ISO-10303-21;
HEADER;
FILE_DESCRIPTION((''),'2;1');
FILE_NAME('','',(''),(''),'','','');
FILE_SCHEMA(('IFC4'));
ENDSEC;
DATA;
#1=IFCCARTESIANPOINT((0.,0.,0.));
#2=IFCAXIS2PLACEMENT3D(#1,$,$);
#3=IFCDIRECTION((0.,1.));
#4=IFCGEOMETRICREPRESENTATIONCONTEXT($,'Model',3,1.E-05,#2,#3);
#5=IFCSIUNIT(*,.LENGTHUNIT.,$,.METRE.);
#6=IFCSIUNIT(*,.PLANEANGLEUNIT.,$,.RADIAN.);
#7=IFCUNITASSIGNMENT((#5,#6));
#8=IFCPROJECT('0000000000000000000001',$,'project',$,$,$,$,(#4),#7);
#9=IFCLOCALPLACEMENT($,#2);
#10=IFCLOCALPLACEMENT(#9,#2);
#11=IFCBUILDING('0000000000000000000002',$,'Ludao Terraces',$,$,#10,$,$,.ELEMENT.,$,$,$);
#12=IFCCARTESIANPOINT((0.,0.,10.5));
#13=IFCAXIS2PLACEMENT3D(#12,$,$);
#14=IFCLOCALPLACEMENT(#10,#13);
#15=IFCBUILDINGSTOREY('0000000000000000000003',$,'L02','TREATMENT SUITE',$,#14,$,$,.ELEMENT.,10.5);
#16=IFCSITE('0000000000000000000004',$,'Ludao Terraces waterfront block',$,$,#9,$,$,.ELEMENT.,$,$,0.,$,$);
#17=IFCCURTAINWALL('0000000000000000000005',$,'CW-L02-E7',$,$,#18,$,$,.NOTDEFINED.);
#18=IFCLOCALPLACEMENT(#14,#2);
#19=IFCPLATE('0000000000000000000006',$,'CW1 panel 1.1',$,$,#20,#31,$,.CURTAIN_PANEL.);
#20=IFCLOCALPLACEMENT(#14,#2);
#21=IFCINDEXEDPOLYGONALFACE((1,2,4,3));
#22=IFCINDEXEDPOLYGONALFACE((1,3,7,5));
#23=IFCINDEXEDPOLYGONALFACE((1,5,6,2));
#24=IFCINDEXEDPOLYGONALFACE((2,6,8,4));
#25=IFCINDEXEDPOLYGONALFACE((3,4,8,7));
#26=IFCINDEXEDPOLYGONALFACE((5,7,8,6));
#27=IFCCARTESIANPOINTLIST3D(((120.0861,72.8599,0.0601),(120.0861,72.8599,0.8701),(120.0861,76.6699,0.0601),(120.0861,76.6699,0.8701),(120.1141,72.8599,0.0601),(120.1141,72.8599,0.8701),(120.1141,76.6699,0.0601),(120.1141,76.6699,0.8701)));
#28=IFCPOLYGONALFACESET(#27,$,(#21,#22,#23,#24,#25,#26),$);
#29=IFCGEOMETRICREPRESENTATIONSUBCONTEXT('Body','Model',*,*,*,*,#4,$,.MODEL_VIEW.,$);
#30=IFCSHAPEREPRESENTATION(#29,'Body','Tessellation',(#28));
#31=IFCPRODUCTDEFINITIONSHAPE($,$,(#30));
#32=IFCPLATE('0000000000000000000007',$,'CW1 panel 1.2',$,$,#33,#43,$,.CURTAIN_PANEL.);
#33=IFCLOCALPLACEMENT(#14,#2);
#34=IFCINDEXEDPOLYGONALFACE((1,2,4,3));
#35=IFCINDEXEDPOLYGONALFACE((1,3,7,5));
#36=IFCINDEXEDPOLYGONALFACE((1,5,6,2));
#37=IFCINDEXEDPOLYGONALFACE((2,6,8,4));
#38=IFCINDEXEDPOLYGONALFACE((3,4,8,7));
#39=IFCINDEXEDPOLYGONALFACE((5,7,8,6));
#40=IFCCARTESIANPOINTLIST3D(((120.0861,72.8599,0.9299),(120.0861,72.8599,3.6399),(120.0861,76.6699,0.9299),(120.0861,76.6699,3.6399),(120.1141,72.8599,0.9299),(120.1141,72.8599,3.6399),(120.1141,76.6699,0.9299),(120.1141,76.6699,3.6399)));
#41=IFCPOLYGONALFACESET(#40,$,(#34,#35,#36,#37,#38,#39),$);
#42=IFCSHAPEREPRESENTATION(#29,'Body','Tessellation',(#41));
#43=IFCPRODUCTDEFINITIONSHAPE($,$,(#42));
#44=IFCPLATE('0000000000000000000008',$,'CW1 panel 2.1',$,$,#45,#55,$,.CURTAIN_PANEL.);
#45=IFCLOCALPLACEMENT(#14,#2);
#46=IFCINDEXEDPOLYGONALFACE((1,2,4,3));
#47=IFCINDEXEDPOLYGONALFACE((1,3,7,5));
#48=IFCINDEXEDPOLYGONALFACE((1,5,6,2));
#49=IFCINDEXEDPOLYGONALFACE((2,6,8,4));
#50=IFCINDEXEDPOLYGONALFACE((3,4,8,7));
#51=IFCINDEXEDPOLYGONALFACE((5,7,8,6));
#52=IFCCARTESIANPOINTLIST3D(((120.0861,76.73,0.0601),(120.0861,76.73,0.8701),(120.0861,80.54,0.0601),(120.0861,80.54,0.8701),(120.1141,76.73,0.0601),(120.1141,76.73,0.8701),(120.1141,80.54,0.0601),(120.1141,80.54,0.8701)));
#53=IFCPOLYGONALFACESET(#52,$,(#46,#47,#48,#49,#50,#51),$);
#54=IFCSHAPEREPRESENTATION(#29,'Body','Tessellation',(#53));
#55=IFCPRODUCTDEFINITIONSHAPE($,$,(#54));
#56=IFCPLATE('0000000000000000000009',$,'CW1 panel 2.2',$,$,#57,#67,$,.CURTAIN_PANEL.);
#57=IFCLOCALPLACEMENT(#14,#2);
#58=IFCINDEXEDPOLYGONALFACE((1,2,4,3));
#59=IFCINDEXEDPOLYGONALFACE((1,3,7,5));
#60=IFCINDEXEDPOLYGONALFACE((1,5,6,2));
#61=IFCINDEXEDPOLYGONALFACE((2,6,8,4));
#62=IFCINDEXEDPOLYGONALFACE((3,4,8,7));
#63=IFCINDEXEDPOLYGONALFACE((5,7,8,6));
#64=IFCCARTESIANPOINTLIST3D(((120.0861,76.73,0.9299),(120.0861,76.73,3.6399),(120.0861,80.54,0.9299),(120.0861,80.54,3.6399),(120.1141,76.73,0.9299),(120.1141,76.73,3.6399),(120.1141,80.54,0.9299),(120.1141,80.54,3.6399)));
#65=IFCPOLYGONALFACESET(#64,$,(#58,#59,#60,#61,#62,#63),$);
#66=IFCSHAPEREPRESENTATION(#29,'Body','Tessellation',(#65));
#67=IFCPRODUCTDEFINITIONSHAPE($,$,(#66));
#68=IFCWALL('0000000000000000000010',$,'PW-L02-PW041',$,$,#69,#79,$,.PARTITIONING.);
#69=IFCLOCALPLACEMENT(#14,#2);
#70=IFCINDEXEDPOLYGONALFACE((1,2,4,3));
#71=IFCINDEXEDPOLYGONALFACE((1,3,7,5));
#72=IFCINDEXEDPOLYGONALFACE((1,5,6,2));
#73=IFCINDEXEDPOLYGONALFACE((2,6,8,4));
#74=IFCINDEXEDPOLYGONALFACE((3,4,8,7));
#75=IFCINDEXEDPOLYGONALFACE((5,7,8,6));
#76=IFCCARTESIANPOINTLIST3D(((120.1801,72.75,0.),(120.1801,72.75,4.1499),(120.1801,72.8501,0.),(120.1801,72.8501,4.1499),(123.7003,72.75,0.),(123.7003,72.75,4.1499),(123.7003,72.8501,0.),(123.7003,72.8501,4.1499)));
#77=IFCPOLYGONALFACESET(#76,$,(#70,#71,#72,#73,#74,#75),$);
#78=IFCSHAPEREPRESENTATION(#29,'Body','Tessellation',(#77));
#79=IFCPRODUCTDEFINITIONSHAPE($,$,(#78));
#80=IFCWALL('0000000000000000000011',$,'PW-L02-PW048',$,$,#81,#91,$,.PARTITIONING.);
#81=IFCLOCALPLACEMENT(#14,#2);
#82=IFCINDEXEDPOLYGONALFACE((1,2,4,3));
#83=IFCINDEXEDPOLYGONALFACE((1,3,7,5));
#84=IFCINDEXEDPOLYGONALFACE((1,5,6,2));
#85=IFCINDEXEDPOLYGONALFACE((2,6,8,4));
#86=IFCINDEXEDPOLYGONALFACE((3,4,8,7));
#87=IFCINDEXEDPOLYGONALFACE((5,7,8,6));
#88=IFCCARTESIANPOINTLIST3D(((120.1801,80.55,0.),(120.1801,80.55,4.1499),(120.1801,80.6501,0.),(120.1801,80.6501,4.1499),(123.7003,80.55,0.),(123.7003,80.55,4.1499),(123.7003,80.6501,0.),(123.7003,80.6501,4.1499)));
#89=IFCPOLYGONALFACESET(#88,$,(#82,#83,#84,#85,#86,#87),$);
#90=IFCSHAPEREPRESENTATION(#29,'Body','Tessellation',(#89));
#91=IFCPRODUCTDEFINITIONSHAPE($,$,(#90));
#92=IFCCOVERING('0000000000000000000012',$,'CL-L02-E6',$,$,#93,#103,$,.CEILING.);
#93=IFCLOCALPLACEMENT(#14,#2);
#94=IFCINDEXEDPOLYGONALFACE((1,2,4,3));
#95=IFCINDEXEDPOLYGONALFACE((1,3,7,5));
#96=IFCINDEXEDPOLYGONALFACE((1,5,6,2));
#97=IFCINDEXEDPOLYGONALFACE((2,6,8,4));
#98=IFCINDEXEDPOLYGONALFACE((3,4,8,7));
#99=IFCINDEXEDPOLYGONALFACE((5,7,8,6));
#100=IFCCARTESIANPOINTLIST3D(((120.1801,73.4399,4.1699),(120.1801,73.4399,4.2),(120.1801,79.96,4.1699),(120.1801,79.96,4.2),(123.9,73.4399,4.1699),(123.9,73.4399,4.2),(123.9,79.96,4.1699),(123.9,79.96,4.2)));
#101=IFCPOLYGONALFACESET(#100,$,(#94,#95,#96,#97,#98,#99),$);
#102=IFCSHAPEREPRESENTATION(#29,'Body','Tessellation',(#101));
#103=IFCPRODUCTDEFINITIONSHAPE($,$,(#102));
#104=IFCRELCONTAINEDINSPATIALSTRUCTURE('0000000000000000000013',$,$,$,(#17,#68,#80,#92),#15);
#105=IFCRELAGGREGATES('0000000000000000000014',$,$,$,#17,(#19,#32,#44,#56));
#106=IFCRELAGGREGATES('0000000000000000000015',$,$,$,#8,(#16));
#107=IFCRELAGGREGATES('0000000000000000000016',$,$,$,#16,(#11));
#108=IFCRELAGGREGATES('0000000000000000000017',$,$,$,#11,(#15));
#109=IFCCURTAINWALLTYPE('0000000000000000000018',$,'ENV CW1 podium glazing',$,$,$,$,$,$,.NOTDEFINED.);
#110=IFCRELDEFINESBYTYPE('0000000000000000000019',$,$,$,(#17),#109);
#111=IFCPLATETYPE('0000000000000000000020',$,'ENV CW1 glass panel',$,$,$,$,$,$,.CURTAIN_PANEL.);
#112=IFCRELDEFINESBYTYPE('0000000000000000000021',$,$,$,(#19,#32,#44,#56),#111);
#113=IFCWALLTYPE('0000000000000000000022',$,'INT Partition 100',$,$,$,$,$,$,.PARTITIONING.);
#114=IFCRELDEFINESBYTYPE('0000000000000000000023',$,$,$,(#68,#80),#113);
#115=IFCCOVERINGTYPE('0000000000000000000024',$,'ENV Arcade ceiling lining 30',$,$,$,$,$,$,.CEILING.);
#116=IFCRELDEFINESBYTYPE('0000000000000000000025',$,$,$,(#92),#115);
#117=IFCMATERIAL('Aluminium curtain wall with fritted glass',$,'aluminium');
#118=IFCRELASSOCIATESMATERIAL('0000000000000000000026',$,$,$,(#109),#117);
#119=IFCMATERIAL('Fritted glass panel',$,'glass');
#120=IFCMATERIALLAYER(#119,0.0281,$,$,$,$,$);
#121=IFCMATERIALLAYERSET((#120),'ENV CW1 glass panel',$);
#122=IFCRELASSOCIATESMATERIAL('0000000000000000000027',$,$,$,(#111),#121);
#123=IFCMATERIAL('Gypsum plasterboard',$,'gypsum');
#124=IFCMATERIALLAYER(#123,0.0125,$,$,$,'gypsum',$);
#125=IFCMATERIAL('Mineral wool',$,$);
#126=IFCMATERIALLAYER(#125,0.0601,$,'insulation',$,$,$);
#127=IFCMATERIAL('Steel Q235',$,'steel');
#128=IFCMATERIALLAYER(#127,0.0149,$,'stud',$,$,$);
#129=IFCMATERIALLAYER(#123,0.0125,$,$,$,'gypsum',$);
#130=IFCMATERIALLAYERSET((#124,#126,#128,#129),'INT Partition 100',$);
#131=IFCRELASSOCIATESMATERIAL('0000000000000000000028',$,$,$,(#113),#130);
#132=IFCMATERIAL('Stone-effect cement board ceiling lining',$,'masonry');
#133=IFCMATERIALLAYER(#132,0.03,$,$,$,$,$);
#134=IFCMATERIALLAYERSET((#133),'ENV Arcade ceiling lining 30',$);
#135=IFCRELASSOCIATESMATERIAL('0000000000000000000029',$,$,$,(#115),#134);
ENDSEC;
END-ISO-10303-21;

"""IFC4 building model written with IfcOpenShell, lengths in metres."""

from ifc_helpers import new_model, si_unit, direction, frame, frame_2d, origin, origin_2d, place, context, subcontext, project, spatial, rectangle, extrude, material, layer, layer_set, type_object, element, aggregate, save


model = new_model("IFC4")

# Units and contexts
model_context = context("Model", 3, precision=1e-05, world=origin(), true_north=direction((0.0, 1.0)))
body_context = subcontext(model_context, "Body", "Model", "MODEL_VIEW")
ifc_project = project(units=[si_unit("LENGTHUNIT", "METRE"), si_unit("PLANEANGLEUNIT", "RADIAN")], contexts=[model_context])

# Site, building, storey
site_placement = place(None, origin())
site = spatial("IfcSite", under=ifc_project, at=site_placement, Name="Ludao Terraces waterfront block", CompositionType="ELEMENT", RefElevation=0.0)
building_placement = place(site_placement, origin())
building = spatial("IfcBuilding", under=site, at=building_placement, Name="Ludao Terraces", CompositionType="ELEMENT")
storey_placement = place(building_placement, frame((0.0, 0.0, 10.5)))
storey = spatial("IfcBuildingStorey", under=building, at=storey_placement, Name="L02", Description="TREATMENT SUITE", CompositionType="ELEMENT", Elevation=10.5)

# Shared definitions
ifc_material_1 = material(Name="Aluminium curtain wall with fritted glass", Category="aluminium")
curtain_wall_type = type_object("IfcCurtainWallType", Name="ENV CW1 podium glazing", PredefinedType="NOTDEFINED", material=ifc_material_1)

# Curtain wall
curtain_wall_1_placement = place(storey_placement, origin())
curtain_wall_1 = element("IfcCurtainWall", 1, at=curtain_wall_1_placement, inside=storey, type_object=curtain_wall_type, Name="CW-L02-E7", PredefinedType="NOTDEFINED")

# Plates
ifc_material_2 = material(Name="Fritted glass panel", Category="glass")
ifc_layer_1 = layer(ifc_material_2, 0.0281)
ifc_layer_set_1 = layer_set([ifc_layer_1], Name="ENV CW1 glass panel")
plate_type = type_object("IfcPlateType", Name="ENV CW1 glass panel", PredefinedType="CURTAIN_PANEL", material=ifc_layer_set_1)
plate_1_placement = place(storey_placement, frame((120.1001, 74.7649, 0.0601), z_axis=(0.0, 0.0, 1.0), x_axis=(0.0, 1.0, 0.0)))
plate_1 = element("IfcPlate", 2, at=plate_1_placement, type_object=plate_type, Name="CW1 panel 1.1", PredefinedType="CURTAIN_PANEL", context=body_context, shape_type="SweptSolid", body=[
    extrude(rectangle(XDim=3.8101, YDim=0.0281, at=origin_2d()), origin(), (0.0, 0.0, 1.0), 0.8101),
])
plate_2_placement = place(storey_placement, frame((120.1001, 74.7649, 0.9299), z_axis=(0.0, 0.0, 1.0), x_axis=(0.0, 1.0, 0.0)))
plate_2 = element("IfcPlate", 3, at=plate_2_placement, type_object=plate_type, Name="CW1 panel 1.2", PredefinedType="CURTAIN_PANEL", context=body_context, shape_type="SweptSolid", body=[
    extrude(rectangle(XDim=3.8101, YDim=0.0281, at=origin_2d()), origin(), (0.0, 0.0, 1.0), 2.71),
])
plate_3_placement = place(storey_placement, frame((120.1001, 78.635, 0.0601), z_axis=(0.0, 0.0, 1.0), x_axis=(0.0, 1.0, 0.0)))
plate_3 = element("IfcPlate", 4, at=plate_3_placement, type_object=plate_type, Name="CW1 panel 2.1", PredefinedType="CURTAIN_PANEL", context=body_context, shape_type="SweptSolid", body=[
    extrude(rectangle(XDim=3.8101, YDim=0.0281, at=origin_2d()), origin(), (0.0, 0.0, 1.0), 0.8101),
])
plate_4_placement = place(storey_placement, frame((120.1001, 78.635, 0.9299), z_axis=(0.0, 0.0, 1.0), x_axis=(0.0, 1.0, 0.0)))
plate_4 = element("IfcPlate", 5, at=plate_4_placement, type_object=plate_type, Name="CW1 panel 2.2", PredefinedType="CURTAIN_PANEL", context=body_context, shape_type="SweptSolid", body=[
    extrude(rectangle(XDim=3.8101, YDim=0.0281, at=origin_2d()), origin(), (0.0, 0.0, 1.0), 2.71),
])
aggregate(curtain_wall_1, [plate_1, plate_2, plate_3, plate_4])

# Walls
ifc_material_3 = material(Name="Gypsum plasterboard", Category="gypsum")
ifc_layer_2 = layer(ifc_material_3, 0.0125, Category="gypsum")
ifc_material_4 = material(Name="Mineral wool")
ifc_layer_3 = layer(ifc_material_4, 0.0601, Name="insulation")
ifc_material_5 = material(Name="Steel Q235", Category="steel")
ifc_layer_4 = layer(ifc_material_5, 0.0149, Name="stud")
ifc_layer_5 = layer(ifc_material_3, 0.0125, Category="gypsum")
ifc_layer_set_2 = layer_set([ifc_layer_2, ifc_layer_3, ifc_layer_4, ifc_layer_5], Name="INT Partition 100")
wall_type = type_object("IfcWallType", Name="INT Partition 100", PredefinedType="PARTITIONING", material=ifc_layer_set_2)
for number, where, z_axis, x_axis, name in (
    (6, (120.1799, 72.8, 0.0), (0.0, 0.0, 1.0), (1.0, 0.0, 0.0), "PW-L02-PW041"),
    (7, (120.1799, 80.6001, 0.0), (0.0, 0.0, 1.0), (1.0, 0.0, 0.0), "PW-L02-PW048"),
):
    element("IfcWall", number, at=place(storey_placement, frame(where, z_axis=z_axis, x_axis=x_axis)), inside=storey, type_object=wall_type, Name=name, PredefinedType="PARTITIONING", context=body_context, shape_type="SweptSolid", body=[
        extrude(rectangle(XDim=3.5203, YDim=0.1001, at=frame_2d((1.7603, 0.0))), origin(), (0.0, 0.0, 1.0), 4.1499),
    ])

# Covering
ifc_material_6 = material(Name="Stone-effect cement board ceiling lining", Category="masonry")
ifc_layer_6 = layer(ifc_material_6, 0.03)
ifc_layer_set_3 = layer_set([ifc_layer_6], Name="ENV Arcade ceiling lining 30")
covering_type = type_object("IfcCoveringType", Name="ENV Arcade ceiling lining 30", PredefinedType="CEILING", material=ifc_layer_set_3)
covering_placement = place(storey_placement, frame((122.04, 76.7, 4.1699), z_axis=(0.0, 0.0, 1.0), x_axis=(1.0, 0.0, 0.0)))
element("IfcCovering", 8, at=covering_placement, inside=storey, type_object=covering_type, Name="CL-L02-E6", PredefinedType="CEILING", context=body_context, shape_type="SweptSolid", body=[
    extrude(rectangle(XDim=3.72, YDim=6.52, at=origin_2d()), origin(), (0.0, 0.0, 1.0), 0.03),
])

save(model, "model.ifc")
